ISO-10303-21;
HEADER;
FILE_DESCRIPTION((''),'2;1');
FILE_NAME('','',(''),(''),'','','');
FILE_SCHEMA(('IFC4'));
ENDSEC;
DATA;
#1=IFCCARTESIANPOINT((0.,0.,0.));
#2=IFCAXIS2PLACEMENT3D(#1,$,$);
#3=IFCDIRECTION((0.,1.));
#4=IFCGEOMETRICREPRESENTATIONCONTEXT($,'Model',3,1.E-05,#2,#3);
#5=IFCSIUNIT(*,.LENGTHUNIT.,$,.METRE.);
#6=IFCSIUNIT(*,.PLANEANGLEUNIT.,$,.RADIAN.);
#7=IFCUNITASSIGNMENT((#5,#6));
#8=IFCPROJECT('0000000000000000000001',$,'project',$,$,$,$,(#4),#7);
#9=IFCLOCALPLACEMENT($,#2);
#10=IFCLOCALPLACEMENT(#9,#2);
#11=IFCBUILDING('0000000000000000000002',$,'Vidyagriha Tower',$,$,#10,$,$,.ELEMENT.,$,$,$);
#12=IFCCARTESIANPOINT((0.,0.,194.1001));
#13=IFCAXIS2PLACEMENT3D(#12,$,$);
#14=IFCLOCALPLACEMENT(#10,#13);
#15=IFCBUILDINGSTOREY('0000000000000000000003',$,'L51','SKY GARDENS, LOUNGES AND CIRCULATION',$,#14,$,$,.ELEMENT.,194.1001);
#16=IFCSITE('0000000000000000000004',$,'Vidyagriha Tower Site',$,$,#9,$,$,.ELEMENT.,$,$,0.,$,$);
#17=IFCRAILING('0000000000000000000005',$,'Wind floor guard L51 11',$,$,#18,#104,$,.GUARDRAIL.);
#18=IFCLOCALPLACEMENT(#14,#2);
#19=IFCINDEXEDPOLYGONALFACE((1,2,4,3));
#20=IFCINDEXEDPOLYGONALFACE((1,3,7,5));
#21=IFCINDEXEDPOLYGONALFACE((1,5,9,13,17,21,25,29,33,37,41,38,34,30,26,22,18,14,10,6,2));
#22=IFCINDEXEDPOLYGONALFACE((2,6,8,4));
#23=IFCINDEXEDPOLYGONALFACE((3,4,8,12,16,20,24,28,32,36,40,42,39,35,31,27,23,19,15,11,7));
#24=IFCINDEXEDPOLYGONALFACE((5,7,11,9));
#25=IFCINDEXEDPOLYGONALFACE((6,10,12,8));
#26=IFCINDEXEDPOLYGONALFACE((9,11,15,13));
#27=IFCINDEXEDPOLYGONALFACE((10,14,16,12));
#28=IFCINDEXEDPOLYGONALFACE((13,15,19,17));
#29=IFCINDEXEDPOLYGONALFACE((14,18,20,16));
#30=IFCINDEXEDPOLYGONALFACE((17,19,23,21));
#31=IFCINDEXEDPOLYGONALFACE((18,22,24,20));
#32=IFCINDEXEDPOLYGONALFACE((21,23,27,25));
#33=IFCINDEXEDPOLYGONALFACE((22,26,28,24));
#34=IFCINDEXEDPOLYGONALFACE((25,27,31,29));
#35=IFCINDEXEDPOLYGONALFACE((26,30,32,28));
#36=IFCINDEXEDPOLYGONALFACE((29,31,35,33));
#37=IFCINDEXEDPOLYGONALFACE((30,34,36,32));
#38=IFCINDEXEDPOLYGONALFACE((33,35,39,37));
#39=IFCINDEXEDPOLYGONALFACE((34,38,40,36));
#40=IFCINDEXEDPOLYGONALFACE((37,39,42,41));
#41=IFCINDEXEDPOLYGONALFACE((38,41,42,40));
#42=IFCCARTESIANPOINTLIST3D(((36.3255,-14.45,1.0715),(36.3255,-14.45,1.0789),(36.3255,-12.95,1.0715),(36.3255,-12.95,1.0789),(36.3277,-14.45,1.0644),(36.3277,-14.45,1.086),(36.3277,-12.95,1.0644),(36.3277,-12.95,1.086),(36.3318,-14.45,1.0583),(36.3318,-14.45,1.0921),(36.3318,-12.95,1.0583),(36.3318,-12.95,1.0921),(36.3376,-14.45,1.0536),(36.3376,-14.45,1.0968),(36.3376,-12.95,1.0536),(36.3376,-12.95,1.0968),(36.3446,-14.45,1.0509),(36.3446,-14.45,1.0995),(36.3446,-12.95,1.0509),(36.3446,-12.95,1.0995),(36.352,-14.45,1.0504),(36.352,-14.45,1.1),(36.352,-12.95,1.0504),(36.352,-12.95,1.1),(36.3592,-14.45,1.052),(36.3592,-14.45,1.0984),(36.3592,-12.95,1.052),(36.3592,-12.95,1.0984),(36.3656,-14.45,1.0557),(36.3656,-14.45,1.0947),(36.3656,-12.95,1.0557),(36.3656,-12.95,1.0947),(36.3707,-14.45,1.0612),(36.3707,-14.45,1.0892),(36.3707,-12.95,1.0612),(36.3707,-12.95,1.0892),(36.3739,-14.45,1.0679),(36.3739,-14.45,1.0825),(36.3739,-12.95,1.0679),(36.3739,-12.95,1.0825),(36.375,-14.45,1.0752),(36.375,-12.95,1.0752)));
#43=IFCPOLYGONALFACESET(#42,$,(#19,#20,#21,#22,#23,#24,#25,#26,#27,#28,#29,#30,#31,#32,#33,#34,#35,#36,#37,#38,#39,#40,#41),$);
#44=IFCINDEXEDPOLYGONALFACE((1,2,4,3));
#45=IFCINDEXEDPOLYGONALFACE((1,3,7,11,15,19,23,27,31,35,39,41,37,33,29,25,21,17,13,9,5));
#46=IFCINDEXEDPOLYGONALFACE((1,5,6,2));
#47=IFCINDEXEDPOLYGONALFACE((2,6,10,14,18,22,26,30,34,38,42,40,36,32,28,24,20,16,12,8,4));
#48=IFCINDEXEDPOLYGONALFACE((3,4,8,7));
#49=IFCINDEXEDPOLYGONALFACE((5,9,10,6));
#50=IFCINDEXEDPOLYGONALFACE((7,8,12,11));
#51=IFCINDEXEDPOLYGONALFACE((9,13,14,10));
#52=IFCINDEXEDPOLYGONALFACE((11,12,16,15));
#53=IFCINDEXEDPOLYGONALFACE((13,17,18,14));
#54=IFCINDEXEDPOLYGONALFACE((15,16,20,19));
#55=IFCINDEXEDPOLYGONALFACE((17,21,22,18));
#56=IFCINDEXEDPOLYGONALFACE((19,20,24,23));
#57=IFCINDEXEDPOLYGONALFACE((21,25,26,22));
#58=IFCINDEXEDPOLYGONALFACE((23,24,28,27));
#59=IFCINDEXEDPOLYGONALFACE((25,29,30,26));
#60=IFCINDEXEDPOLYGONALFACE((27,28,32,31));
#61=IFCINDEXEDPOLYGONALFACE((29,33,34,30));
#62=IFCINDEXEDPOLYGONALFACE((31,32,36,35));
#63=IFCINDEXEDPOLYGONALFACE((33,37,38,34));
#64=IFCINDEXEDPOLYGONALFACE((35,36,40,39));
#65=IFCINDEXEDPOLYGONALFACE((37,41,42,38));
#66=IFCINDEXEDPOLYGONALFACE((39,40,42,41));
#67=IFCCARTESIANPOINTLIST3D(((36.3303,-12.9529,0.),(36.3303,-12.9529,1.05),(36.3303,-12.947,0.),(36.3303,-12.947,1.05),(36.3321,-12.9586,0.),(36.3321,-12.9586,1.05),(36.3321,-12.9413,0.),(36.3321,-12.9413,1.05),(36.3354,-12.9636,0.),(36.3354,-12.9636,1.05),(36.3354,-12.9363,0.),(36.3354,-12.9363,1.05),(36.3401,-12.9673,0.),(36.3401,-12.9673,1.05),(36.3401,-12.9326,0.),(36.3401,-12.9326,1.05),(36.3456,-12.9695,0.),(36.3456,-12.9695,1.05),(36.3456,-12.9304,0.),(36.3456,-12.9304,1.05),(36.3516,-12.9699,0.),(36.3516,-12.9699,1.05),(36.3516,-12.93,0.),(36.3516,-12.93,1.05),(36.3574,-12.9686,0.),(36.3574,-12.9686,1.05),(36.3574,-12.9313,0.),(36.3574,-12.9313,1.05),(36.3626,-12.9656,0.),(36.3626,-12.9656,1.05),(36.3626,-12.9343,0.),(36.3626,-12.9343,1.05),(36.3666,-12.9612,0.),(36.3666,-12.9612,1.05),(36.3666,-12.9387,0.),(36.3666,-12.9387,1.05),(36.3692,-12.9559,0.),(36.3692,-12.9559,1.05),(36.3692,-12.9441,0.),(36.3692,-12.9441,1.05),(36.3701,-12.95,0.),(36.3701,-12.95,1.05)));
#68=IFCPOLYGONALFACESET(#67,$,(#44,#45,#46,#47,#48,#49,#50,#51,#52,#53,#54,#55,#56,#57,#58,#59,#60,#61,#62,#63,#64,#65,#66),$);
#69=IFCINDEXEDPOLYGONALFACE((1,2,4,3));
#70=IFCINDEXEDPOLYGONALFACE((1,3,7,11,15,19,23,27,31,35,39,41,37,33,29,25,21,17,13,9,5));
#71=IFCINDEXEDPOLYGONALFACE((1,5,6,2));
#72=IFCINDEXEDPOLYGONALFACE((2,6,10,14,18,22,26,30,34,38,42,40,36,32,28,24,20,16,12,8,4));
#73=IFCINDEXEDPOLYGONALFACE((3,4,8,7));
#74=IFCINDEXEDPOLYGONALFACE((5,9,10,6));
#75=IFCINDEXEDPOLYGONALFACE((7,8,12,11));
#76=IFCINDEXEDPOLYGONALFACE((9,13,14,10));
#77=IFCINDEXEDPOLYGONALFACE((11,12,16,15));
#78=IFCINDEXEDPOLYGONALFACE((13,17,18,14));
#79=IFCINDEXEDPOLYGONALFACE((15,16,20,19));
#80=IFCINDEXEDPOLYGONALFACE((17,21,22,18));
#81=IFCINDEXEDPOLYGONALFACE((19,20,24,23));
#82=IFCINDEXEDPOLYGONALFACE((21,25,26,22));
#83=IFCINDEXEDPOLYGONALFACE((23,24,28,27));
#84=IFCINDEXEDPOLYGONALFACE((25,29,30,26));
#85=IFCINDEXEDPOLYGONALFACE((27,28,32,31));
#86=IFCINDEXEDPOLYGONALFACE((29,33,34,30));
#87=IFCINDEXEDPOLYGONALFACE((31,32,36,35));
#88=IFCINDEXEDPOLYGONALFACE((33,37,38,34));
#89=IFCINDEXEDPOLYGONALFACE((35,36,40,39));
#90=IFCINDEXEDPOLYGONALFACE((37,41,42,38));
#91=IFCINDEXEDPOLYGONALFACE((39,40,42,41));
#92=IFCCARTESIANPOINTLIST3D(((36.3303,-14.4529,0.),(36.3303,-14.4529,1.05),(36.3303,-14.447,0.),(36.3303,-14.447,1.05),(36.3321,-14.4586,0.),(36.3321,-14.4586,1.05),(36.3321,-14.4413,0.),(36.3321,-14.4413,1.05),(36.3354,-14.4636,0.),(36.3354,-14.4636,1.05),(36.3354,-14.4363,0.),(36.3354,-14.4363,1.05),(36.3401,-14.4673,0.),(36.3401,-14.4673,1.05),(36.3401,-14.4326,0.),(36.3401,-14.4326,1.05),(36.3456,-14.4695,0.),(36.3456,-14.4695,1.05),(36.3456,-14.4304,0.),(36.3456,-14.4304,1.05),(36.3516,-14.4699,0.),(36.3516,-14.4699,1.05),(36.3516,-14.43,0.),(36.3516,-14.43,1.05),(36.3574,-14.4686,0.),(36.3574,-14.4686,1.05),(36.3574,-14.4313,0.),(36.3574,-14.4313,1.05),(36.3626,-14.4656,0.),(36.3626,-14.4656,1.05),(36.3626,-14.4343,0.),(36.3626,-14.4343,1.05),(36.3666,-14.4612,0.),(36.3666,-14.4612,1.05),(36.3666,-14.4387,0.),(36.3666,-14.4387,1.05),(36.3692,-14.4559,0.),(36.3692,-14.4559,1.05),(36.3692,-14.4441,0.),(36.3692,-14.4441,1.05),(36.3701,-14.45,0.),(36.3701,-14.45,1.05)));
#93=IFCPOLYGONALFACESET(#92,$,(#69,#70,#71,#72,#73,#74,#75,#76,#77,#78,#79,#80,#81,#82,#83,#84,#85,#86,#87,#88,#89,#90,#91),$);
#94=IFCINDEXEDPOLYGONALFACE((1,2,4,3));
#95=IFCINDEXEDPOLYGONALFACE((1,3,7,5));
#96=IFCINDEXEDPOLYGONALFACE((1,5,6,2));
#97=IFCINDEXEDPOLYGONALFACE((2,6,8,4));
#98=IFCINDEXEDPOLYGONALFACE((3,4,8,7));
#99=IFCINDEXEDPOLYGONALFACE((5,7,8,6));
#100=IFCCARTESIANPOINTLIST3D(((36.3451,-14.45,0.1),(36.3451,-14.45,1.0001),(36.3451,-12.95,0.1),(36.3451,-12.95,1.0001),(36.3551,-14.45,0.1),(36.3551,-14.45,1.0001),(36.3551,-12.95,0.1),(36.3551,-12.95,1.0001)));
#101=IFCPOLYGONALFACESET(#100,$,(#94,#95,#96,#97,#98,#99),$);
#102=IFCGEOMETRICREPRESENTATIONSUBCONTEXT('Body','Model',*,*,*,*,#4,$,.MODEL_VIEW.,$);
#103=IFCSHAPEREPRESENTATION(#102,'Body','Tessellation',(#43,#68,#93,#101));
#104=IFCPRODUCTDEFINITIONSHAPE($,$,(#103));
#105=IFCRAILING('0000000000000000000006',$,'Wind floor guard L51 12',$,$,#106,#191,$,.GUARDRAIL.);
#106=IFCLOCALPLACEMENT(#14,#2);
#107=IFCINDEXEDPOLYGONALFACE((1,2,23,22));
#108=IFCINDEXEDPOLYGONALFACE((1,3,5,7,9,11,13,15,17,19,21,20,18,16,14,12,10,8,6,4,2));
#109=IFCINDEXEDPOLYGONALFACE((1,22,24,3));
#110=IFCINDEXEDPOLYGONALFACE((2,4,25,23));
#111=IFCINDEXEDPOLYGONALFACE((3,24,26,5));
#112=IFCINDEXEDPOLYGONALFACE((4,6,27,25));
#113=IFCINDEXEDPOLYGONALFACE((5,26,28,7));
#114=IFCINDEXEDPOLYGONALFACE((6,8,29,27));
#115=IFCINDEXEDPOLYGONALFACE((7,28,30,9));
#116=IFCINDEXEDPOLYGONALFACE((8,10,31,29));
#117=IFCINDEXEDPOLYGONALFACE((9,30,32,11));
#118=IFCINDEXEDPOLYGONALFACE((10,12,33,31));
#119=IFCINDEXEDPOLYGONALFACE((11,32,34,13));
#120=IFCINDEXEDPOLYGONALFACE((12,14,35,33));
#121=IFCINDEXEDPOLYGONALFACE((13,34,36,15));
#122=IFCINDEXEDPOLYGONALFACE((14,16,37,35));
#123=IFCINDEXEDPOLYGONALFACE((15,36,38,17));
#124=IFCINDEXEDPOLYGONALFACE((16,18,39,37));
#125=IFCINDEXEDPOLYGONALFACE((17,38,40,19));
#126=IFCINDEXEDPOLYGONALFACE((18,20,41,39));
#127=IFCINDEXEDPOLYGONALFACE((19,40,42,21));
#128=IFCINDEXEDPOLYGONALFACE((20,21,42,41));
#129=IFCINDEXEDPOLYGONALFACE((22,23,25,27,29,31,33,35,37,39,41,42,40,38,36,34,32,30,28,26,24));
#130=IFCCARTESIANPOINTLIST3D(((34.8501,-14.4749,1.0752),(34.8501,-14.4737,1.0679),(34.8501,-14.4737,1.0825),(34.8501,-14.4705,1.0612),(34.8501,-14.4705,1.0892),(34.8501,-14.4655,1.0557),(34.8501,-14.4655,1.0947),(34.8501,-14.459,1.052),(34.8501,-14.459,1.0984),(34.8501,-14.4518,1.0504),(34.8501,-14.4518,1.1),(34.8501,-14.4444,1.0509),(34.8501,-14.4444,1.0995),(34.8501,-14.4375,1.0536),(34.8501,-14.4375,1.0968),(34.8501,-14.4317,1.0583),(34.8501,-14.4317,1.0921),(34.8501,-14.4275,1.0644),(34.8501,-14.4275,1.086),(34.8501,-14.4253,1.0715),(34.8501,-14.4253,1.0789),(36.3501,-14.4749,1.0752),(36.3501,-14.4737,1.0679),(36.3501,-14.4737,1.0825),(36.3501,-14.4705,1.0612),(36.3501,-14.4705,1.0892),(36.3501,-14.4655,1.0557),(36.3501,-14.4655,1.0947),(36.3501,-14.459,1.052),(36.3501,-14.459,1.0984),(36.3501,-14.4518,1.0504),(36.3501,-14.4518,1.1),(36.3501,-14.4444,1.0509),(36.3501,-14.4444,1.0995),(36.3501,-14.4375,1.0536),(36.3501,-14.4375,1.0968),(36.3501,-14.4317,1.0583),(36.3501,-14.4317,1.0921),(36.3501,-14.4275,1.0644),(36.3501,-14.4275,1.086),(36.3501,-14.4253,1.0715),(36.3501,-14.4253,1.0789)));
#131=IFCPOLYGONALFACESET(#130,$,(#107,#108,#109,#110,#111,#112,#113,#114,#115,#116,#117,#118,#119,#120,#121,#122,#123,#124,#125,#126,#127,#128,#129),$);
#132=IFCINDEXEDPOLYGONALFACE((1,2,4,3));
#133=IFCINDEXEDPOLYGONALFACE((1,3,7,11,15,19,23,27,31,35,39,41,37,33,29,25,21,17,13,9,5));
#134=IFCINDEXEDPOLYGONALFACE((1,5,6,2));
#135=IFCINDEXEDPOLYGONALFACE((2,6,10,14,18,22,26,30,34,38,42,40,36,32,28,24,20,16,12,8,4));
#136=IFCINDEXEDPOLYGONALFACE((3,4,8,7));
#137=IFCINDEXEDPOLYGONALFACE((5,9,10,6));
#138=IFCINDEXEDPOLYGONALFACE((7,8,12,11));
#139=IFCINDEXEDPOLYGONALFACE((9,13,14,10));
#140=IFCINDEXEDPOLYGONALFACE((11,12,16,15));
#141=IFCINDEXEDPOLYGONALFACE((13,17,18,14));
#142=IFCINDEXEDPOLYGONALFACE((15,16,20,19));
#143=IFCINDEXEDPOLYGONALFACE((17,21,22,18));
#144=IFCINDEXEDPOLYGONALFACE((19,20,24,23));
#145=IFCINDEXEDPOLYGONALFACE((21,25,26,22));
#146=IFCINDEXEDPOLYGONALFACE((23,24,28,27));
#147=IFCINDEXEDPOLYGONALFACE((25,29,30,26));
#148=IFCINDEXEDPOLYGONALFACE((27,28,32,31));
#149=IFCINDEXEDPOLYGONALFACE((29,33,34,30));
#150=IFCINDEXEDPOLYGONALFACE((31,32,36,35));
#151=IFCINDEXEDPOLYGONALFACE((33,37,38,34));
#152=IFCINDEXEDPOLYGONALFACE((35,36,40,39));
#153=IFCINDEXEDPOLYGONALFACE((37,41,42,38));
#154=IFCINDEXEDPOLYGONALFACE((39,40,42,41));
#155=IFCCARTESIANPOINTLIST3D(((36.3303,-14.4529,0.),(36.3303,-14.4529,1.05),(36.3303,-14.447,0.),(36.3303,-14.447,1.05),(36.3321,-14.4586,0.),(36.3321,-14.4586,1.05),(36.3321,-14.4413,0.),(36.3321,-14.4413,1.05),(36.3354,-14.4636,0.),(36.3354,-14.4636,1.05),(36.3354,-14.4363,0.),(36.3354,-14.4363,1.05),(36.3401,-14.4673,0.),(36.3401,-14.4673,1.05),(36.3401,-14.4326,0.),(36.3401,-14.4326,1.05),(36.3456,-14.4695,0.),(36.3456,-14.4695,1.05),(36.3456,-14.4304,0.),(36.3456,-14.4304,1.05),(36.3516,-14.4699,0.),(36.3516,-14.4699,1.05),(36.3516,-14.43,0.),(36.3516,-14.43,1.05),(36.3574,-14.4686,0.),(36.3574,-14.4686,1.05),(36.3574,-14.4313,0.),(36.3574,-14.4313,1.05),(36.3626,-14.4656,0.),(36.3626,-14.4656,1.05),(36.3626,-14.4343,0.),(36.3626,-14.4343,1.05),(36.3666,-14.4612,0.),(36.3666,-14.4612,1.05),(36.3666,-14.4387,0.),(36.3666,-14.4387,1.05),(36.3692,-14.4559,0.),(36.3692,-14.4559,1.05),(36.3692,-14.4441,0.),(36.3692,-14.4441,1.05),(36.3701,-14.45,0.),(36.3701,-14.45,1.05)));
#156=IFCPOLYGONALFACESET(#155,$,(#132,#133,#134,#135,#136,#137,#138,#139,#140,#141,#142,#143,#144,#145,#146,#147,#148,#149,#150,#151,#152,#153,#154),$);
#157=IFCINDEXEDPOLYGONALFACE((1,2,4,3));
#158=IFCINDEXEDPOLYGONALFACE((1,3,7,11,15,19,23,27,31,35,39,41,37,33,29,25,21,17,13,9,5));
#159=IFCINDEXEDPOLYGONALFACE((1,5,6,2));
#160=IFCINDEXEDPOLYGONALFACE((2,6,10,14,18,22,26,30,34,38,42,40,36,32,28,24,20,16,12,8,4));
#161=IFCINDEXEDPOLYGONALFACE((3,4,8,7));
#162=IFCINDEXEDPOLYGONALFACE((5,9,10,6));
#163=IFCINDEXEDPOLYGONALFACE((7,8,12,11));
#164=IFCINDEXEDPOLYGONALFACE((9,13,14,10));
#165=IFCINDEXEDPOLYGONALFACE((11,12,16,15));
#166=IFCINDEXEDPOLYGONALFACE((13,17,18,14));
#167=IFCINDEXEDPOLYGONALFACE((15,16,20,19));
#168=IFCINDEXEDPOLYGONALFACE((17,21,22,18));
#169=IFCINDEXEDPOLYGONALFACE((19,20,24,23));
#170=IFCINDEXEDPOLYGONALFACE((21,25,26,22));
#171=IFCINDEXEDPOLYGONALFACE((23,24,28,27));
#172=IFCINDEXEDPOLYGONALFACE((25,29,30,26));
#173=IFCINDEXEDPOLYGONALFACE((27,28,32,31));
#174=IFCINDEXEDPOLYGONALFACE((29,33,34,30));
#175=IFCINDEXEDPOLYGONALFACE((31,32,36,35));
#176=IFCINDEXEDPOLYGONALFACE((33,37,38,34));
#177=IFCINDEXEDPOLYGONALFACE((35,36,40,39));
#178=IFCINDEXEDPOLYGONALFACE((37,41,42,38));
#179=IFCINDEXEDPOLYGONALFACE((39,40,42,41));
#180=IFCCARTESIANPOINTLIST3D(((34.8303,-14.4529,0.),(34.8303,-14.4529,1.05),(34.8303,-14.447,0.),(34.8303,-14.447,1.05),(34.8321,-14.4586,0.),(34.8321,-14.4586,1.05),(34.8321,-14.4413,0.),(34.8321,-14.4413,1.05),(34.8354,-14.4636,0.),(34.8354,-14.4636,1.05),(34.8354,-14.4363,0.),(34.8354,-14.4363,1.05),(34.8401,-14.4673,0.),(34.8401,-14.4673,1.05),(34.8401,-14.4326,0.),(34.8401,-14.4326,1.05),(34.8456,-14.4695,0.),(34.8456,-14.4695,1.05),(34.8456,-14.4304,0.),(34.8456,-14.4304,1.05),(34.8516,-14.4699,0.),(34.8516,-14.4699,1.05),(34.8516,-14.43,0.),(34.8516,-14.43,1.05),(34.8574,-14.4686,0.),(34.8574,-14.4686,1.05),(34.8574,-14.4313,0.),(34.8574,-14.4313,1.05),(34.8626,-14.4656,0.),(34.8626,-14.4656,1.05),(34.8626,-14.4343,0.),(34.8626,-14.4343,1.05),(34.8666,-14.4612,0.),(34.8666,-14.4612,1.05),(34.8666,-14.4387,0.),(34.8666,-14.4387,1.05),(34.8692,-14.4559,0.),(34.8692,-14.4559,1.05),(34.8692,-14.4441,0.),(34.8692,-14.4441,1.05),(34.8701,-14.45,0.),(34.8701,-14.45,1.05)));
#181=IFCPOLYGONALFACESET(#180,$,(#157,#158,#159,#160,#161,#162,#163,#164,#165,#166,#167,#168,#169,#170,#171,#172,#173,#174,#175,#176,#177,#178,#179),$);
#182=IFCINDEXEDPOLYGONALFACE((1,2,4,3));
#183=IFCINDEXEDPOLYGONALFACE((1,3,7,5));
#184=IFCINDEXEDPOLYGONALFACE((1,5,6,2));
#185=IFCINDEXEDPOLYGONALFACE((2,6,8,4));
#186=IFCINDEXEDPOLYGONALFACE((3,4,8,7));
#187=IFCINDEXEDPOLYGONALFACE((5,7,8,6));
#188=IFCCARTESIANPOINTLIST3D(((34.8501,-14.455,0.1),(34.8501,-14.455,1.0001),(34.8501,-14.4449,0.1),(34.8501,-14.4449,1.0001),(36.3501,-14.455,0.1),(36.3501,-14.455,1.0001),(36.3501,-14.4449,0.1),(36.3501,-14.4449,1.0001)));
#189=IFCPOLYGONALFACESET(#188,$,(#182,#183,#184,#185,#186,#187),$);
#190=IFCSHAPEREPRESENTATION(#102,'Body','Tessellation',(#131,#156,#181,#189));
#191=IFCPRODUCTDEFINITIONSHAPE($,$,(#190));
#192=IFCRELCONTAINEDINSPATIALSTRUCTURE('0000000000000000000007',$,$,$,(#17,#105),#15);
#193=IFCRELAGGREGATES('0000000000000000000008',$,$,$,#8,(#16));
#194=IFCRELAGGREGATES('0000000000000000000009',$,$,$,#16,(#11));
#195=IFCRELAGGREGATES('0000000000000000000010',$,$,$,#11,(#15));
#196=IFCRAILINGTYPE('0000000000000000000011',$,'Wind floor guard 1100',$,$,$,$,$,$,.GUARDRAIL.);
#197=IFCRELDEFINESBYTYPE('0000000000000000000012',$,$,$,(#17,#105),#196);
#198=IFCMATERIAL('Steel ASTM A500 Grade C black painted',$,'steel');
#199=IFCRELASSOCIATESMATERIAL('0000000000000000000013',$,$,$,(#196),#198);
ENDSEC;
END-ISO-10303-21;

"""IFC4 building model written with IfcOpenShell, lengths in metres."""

from ifc_helpers import new_model, si_unit, direction, frame, origin, origin_2d, place, context, subcontext, project, spatial, rectangle, circle, extrude, material, type_object, element, save


model = new_model("IFC4")

# Units and contexts
model_context = context("Model", 3, precision=1e-05, world=origin(), true_north=direction((0.0, 1.0)))
body_context = subcontext(model_context, "Body", "Model", "MODEL_VIEW")
ifc_project = project(units=[si_unit("LENGTHUNIT", "METRE"), si_unit("PLANEANGLEUNIT", "RADIAN")], contexts=[model_context])

# Site, building, storey
site_placement = place(None, origin())
site = spatial("IfcSite", under=ifc_project, at=site_placement, Name="Vidyagriha Tower Site", CompositionType="ELEMENT", RefElevation=0.0)
building_placement = place(site_placement, origin())
building = spatial("IfcBuilding", under=site, at=building_placement, Name="Vidyagriha Tower", CompositionType="ELEMENT")
storey_placement = place(building_placement, frame((0.0, 0.0, 194.1001)))
storey = spatial("IfcBuildingStorey", under=building, at=storey_placement, Name="L51", Description="SKY GARDENS, LOUNGES AND CIRCULATION", CompositionType="ELEMENT", Elevation=194.1001)

# Railings
ifc_material_1 = material(Name="Steel ASTM A500 Grade C black painted", Category="steel")
railing_type = type_object("IfcRailingType", Name="Wind floor guard 1100", PredefinedType="GUARDRAIL", material=ifc_material_1)
railing_1_placement = place(storey_placement, frame((36.3501, -12.95, 0.0)))
element("IfcRailing", 1, at=railing_1_placement, inside=storey, type_object=railing_type, Name="Wind floor guard L51 11", PredefinedType="GUARDRAIL", context=body_context, shape_type="SweptSolid", body=[
    extrude(circle(Radius=0.0249, at=origin_2d()), frame((0.0, 0.0, 1.0752), z_axis=(0.0, -1.0, 0.0), x_axis=(1.0, 0.0, 0.0)), (0.0, 0.0, 1.0), 1.5),
    extrude(circle(Radius=0.02, at=origin_2d()), origin(), (0.0, 0.0, 1.0), 1.05),
    extrude(circle(Radius=0.02, at=origin_2d()), frame((0.0, -1.5, 0.0)), (0.0, 0.0, 1.0), 1.05),
    extrude(rectangle(XDim=0.01, YDim=0.9001, at=origin_2d()), frame((0.0, 0.0, 0.55), z_axis=(0.0, -1.0, 0.0), x_axis=(1.0, 0.0, 0.0)), (0.0, 0.0, 1.0), 1.5),
])
railing_2_placement = place(storey_placement, frame((36.3501, -14.45, 0.0)))
element("IfcRailing", 2, at=railing_2_placement, inside=storey, type_object=railing_type, Name="Wind floor guard L51 12", PredefinedType="GUARDRAIL", context=body_context, shape_type="SweptSolid", body=[
    extrude(circle(Radius=0.0249, at=origin_2d()), frame((0.0, 0.0, 1.0752), z_axis=(-1.0, 0.0, 0.0), x_axis=(0.0, -1.0, 0.0)), (0.0, 0.0, 1.0), 1.5),
    extrude(circle(Radius=0.02, at=origin_2d()), origin(), (0.0, 0.0, 1.0), 1.05),
    extrude(circle(Radius=0.02, at=origin_2d()), frame((-1.5, 0.0, 0.0)), (0.0, 0.0, 1.0), 1.05),
    extrude(rectangle(XDim=0.01, YDim=0.9001, at=origin_2d()), frame((0.0, 0.0, 0.55), z_axis=(-1.0, 0.0, 0.0), x_axis=(0.0, -1.0, 0.0)), (0.0, 0.0, 1.0), 1.5),
])

save(model, "model.ifc")
